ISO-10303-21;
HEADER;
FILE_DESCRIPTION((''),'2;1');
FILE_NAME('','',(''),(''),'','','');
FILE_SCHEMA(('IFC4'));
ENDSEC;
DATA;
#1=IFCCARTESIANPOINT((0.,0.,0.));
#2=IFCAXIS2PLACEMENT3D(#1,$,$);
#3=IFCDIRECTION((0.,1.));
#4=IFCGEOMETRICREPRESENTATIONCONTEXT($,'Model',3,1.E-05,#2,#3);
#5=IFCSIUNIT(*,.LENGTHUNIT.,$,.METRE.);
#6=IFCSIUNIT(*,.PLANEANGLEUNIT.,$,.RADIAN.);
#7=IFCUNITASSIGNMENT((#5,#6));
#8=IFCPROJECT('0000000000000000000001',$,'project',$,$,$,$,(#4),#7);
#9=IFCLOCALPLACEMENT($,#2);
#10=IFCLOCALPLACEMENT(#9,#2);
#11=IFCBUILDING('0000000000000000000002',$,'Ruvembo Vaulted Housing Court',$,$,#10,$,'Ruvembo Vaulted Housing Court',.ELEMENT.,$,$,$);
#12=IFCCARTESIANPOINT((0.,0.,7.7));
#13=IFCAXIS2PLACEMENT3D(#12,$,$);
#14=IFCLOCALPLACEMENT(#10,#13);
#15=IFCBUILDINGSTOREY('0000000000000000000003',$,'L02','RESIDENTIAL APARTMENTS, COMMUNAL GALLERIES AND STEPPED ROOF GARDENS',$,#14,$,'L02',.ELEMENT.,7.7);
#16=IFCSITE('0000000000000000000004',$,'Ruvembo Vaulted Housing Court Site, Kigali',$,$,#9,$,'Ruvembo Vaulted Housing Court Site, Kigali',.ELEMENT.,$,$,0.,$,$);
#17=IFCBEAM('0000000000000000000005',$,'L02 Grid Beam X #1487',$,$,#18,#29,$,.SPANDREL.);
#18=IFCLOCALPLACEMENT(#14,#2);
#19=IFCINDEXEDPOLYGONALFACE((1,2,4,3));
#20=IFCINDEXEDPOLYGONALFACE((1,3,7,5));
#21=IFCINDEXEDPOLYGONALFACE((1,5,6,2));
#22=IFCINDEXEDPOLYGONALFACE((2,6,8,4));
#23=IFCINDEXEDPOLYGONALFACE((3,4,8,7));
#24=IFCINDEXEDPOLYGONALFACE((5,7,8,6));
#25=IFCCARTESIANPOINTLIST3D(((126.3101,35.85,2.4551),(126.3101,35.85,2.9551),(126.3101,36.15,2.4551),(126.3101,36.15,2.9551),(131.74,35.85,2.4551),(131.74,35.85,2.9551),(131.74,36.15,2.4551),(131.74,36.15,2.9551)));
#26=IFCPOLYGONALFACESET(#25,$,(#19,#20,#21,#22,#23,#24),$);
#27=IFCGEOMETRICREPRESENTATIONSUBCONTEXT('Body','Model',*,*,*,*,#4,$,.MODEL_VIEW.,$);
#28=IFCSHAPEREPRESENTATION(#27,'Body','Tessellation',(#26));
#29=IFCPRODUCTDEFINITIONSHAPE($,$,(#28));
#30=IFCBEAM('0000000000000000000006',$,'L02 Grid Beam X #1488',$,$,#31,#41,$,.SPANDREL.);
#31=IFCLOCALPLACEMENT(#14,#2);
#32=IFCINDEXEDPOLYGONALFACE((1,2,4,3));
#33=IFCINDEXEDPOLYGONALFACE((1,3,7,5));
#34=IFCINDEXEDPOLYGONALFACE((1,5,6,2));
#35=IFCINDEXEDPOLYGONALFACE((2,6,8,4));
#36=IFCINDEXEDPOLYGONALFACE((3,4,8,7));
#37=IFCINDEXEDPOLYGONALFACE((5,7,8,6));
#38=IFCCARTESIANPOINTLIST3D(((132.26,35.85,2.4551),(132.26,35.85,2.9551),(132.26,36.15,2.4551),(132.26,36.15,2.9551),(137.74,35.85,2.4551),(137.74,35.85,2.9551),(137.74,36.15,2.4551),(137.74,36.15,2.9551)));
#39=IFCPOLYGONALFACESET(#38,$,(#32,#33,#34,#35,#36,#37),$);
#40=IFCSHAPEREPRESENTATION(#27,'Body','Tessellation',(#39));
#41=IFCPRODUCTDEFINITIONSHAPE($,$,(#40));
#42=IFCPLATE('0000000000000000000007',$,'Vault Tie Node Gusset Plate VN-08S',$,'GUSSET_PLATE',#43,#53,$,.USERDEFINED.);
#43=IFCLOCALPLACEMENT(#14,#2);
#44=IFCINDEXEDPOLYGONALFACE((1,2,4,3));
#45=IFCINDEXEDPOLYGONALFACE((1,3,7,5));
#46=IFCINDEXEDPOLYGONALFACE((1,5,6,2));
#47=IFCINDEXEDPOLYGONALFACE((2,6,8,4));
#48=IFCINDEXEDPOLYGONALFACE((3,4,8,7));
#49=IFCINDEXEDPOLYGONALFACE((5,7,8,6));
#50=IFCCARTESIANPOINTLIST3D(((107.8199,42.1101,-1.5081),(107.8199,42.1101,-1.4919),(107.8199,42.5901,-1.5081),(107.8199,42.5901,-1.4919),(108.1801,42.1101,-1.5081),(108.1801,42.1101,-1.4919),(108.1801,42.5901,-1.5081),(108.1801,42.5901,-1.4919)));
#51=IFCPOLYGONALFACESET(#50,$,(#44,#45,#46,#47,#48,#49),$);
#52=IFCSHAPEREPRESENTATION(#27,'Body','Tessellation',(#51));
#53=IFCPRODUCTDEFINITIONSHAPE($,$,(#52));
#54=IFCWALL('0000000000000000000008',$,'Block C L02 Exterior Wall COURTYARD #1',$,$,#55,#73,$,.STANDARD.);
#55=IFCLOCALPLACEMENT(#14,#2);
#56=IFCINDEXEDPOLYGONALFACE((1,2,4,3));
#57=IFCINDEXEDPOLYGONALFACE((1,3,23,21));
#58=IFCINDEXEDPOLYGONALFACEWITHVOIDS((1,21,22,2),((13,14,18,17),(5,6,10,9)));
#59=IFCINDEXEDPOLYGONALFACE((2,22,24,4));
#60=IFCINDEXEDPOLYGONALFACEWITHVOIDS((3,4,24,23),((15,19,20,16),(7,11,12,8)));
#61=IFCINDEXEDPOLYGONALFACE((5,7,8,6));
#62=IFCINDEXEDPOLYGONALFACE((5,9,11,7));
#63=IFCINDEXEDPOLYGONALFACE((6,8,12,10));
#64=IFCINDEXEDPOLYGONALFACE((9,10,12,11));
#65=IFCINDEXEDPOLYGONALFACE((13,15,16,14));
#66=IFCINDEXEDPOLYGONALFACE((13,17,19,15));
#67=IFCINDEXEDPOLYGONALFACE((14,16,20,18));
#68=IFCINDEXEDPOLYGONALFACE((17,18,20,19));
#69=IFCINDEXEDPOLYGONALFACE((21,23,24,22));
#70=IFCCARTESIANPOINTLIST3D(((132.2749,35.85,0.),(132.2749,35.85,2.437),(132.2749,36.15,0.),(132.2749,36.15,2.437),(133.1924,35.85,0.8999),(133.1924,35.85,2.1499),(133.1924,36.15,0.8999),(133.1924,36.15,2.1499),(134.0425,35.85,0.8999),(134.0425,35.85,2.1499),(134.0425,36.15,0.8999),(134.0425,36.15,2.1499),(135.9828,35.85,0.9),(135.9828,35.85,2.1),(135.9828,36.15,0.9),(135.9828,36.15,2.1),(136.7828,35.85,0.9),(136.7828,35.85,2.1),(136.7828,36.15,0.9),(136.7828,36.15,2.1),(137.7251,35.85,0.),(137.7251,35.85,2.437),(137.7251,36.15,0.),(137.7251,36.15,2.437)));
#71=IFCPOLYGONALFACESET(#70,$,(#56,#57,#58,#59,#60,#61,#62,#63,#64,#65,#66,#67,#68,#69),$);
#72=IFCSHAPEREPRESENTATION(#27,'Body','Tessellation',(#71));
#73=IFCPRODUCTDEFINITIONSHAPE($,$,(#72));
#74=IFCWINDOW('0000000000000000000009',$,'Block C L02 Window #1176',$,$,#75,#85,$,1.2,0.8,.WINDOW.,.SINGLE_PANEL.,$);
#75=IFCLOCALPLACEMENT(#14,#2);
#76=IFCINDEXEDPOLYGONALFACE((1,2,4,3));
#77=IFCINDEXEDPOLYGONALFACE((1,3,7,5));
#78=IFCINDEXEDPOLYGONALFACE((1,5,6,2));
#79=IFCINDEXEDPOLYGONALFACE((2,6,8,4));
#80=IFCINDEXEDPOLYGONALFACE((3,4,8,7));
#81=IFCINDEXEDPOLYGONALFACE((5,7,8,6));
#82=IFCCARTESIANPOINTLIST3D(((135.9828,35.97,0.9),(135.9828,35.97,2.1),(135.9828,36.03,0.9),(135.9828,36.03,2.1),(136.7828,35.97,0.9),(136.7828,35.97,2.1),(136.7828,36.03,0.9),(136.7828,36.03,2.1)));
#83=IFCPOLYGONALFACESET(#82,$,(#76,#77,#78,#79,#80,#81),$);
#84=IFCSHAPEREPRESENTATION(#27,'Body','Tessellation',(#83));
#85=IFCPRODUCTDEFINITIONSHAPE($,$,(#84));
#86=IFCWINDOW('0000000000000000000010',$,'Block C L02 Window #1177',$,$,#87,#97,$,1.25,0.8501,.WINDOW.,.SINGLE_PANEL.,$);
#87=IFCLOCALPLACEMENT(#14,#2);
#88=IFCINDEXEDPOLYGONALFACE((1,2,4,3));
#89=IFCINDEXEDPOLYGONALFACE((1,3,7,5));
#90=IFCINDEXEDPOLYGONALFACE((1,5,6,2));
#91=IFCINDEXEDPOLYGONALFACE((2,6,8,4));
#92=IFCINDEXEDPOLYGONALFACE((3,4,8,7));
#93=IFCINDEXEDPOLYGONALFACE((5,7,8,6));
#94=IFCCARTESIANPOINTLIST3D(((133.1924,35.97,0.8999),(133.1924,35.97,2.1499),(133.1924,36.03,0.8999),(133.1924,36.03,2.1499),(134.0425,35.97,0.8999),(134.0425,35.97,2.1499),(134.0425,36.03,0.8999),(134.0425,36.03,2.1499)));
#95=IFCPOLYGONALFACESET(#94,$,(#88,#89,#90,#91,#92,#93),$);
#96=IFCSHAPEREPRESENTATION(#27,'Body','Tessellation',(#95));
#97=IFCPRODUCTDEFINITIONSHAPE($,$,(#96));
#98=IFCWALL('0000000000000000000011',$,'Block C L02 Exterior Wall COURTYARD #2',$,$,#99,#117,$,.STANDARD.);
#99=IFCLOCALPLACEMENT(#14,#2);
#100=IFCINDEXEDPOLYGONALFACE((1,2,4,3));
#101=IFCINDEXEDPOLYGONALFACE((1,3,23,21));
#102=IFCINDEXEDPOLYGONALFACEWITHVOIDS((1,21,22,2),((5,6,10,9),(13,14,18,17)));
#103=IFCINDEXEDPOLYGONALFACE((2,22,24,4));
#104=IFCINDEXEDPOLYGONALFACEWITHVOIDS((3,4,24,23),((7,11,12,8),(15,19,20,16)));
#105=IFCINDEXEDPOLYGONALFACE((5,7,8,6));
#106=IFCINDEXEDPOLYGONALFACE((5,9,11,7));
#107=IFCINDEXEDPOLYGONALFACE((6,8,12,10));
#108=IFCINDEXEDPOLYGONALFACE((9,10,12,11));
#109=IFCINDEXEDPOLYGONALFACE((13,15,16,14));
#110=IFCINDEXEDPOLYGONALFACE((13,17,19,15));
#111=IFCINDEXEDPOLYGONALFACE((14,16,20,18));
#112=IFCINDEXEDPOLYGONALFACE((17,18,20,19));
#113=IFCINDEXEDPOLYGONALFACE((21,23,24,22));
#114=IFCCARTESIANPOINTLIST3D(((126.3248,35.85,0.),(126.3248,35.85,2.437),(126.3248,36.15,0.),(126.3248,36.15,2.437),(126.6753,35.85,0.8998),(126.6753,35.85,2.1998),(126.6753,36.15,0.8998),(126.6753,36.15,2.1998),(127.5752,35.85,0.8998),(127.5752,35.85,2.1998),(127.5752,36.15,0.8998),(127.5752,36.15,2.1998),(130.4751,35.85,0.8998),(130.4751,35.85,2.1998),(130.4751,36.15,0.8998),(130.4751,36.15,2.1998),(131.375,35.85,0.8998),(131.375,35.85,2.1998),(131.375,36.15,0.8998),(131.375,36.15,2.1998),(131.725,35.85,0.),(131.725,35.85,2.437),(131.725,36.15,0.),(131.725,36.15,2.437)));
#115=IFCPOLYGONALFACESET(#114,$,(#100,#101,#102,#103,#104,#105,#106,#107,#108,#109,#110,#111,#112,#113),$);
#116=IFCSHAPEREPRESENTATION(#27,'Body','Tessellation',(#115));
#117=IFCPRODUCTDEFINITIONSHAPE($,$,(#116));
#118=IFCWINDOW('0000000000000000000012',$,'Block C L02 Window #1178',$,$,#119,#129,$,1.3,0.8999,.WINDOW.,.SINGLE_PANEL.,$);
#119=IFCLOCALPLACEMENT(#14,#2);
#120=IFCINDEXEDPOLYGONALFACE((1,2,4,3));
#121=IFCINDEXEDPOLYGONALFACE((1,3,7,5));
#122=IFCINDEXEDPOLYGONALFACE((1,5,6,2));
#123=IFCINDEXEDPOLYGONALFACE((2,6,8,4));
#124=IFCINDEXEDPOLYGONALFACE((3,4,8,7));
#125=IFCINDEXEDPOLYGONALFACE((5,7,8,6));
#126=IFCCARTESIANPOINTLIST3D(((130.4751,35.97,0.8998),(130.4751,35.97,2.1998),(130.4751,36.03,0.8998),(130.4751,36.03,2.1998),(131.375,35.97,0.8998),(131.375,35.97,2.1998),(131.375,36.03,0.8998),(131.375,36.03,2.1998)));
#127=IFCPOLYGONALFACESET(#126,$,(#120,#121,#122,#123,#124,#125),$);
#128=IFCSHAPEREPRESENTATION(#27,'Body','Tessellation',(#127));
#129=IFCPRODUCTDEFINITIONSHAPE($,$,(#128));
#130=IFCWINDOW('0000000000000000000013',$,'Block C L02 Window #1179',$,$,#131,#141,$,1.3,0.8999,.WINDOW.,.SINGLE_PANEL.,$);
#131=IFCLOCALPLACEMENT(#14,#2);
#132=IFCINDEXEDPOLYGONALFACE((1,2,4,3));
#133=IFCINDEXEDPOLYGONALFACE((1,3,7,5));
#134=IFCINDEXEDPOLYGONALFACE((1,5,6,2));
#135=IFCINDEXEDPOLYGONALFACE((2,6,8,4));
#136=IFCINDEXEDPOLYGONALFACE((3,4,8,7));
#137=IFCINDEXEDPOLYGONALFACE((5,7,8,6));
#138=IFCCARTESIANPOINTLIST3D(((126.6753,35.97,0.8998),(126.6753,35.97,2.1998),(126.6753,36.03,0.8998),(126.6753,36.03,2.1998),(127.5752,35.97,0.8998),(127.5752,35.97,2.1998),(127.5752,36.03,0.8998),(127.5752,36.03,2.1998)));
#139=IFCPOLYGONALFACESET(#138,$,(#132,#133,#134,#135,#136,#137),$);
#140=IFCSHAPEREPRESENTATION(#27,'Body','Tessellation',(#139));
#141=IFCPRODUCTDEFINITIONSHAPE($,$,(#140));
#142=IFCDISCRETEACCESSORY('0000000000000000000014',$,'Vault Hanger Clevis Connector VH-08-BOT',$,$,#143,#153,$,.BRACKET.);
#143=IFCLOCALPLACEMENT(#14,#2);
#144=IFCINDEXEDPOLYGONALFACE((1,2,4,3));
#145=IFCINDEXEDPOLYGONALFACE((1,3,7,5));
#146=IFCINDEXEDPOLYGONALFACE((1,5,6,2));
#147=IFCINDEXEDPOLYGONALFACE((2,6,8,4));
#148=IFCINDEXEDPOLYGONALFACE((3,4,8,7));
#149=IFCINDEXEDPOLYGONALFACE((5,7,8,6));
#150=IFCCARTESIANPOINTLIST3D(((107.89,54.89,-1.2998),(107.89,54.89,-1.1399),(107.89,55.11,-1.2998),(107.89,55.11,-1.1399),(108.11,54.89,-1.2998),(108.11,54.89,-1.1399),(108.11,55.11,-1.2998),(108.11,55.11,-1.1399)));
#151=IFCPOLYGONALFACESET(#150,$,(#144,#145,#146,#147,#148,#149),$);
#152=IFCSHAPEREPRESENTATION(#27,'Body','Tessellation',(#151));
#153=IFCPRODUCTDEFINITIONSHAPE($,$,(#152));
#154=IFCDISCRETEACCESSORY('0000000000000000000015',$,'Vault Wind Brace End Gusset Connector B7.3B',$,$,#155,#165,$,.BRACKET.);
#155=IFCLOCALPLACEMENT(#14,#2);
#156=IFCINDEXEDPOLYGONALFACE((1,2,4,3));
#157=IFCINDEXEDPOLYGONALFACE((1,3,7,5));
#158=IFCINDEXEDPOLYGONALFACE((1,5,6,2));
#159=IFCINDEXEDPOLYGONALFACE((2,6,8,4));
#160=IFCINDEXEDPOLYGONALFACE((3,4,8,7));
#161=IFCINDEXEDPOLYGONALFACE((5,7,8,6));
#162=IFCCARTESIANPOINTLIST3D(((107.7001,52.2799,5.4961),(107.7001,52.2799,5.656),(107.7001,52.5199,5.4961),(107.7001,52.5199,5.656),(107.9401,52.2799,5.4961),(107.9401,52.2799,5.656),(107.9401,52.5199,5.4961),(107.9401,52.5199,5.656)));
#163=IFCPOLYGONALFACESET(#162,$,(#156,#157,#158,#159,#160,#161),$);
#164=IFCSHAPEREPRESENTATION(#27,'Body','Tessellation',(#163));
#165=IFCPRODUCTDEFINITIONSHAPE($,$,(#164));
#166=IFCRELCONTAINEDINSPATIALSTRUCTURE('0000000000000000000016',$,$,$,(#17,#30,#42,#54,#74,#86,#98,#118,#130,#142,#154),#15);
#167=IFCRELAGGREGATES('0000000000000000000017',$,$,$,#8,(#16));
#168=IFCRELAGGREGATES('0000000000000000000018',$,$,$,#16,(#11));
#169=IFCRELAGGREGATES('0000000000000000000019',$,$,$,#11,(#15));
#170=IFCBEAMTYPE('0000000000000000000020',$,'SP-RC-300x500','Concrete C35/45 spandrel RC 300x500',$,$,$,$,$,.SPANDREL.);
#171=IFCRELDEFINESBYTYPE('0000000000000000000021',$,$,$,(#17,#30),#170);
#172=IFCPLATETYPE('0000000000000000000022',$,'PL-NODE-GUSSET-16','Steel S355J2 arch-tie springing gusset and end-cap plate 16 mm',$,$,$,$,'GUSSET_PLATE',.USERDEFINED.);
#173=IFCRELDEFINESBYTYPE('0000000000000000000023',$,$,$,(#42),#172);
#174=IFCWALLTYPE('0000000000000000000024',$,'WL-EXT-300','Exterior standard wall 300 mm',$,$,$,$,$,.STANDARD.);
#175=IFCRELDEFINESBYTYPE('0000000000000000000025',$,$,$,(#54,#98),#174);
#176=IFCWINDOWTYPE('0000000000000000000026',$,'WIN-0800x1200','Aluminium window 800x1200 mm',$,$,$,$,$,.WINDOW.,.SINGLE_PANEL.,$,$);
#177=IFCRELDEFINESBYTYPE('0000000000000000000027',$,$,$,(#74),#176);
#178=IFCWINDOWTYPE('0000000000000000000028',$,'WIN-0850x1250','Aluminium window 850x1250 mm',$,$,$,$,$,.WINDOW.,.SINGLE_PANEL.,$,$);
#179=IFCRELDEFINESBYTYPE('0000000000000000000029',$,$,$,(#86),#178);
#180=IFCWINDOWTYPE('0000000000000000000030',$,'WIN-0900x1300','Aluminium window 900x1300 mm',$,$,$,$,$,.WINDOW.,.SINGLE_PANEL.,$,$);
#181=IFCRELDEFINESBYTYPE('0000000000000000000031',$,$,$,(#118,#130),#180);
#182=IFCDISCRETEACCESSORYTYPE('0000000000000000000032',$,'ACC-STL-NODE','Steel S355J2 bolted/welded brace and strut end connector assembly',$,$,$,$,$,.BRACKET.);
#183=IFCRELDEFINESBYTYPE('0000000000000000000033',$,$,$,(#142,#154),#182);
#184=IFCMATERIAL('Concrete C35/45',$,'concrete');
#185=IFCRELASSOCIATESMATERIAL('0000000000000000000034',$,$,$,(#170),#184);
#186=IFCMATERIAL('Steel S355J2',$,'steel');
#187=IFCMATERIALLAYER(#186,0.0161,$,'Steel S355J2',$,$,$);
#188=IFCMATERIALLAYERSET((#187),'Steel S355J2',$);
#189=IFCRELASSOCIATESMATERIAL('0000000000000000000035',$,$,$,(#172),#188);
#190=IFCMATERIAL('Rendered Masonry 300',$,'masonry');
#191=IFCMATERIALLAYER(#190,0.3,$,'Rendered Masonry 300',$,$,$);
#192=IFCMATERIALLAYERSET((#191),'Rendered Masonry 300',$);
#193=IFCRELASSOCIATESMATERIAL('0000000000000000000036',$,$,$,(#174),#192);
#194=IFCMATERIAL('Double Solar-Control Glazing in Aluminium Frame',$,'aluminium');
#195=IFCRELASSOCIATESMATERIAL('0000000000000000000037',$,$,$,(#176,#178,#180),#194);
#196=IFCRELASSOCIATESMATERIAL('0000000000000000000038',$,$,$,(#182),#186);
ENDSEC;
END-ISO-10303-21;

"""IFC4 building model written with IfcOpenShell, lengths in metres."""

from ifc_helpers import new_model, si_unit, direction, frame, frame_2d, origin, origin_2d, place, context, subcontext, project, spatial, rectangle, extrude, material, layer, layer_set, material_profile, profile_set, type_object, element, fill, save


model = new_model("IFC4")

# Units and contexts
model_context = context("Model", 3, precision=1e-05, world=origin(), true_north=direction((0.0, 1.0)))
body_context = subcontext(model_context, "Body", "Model", "MODEL_VIEW")
ifc_project = project(units=[si_unit("LENGTHUNIT", "METRE"), si_unit("PLANEANGLEUNIT", "RADIAN")], contexts=[model_context])

# Site, building, storey
site_placement = place(None, origin())
site = spatial("IfcSite", under=ifc_project, at=site_placement, Name="Ruvembo Vaulted Housing Court Site, Kigali", LongName="Ruvembo Vaulted Housing Court Site, Kigali", CompositionType="ELEMENT", RefElevation=0.0)
building_placement = place(site_placement, origin())
building = spatial("IfcBuilding", under=site, at=building_placement, Name="Ruvembo Vaulted Housing Court", LongName="Ruvembo Vaulted Housing Court", CompositionType="ELEMENT")
storey_placement = place(building_placement, frame((0.0, 0.0, 7.7)))
storey = spatial("IfcBuildingStorey", under=building, at=storey_placement, Name="L02", Description="RESIDENTIAL APARTMENTS, COMMUNAL GALLERIES AND STEPPED ROOF GARDENS", LongName="L02", CompositionType="ELEMENT", Elevation=7.7)

# Shared definitions
ifc_material_1 = material(Name="Concrete C35/45", Category="concrete")

# Shared definitions
ifc_material_2 = material(Name="Steel S355J2", Category="steel")

# Beams
ifc_material_profile_1 = material_profile(ifc_material_1, rectangle(XDim=0.3, YDim=0.5, at=origin_2d()), Name="RC 300x500")
ifc_profile_set_1 = profile_set([ifc_material_profile_1], Name="Concrete C35/45")
beam_type_1 = type_object("IfcBeamType", Name="SP-RC-300x500", Description="Concrete C35/45 spandrel RC 300x500", PredefinedType="SPANDREL", material=ifc_profile_set_1)
beam_1_placement = place(storey_placement, frame((126.3101, 36.0, 2.7051), z_axis=(1.0, 0.0, 0.0), x_axis=(0.0, 1.0, 0.0)))
element("IfcBeam", 1, at=beam_1_placement, inside=storey, type_object=beam_type_1, Name="L02 Grid Beam X #1487", PredefinedType="SPANDREL", context=body_context, shape_type="SweptSolid", body=[
    extrude(rectangle(XDim=0.3, YDim=0.5, at=origin_2d()), origin(), (0.0, 0.0, 1.0), 5.4299),
])
beam_2_placement = place(storey_placement, frame((132.26, 36.0, 2.7051), z_axis=(1.0, 0.0, 0.0), x_axis=(0.0, 1.0, 0.0)))
element("IfcBeam", 2, at=beam_2_placement, inside=storey, type_object=beam_type_1, Name="L02 Grid Beam X #1488", PredefinedType="SPANDREL", context=body_context, shape_type="SweptSolid", body=[
    extrude(rectangle(XDim=0.3, YDim=0.5, at=origin_2d()), origin(), (0.0, 0.0, 1.0), 5.48),
])

# Plate
ifc_layer_1 = layer(ifc_material_2, 0.0161, Name="Steel S355J2")
ifc_layer_set_1 = layer_set([ifc_layer_1], Name="Steel S355J2")
plate_type = type_object("IfcPlateType", Name="PL-NODE-GUSSET-16", Description="Steel S355J2 arch-tie springing gusset and end-cap plate 16 mm", ElementType="GUSSET_PLATE", PredefinedType="USERDEFINED", material=ifc_layer_set_1)
plate_placement = place(storey_placement, frame((108.0, 42.3501, -1.5081), z_axis=(0.0, 0.0, 1.0), x_axis=(0.0, 1.0, 0.0)))
element("IfcPlate", 3, at=plate_placement, inside=storey, type_object=plate_type, Name="Vault Tie Node Gusset Plate VN-08S", ObjectType="GUSSET_PLATE", PredefinedType="USERDEFINED", context=body_context, shape_type="SweptSolid", body=[
    extrude(rectangle(XDim=0.48, YDim=0.3601, at=origin_2d()), origin(), (0.0, 0.0, 1.0), 0.0161),
])

# Walls, openings, windows
ifc_material_3 = material(Name="Rendered Masonry 300", Category="masonry")
ifc_layer_2 = layer(ifc_material_3, 0.3, Name="Rendered Masonry 300")
ifc_layer_set_2 = layer_set([ifc_layer_2], Name="Rendered Masonry 300")
wall_type = type_object("IfcWallType", Name="WL-EXT-300", Description="Exterior standard wall 300 mm", PredefinedType="STANDARD", material=ifc_layer_set_2)
wall_1_placement = place(storey_placement, frame((137.7251, 36.0, 0.0), z_axis=(0.0, 0.0, 1.0), x_axis=(-1.0, 0.0, 0.0)))
wall_1 = element("IfcWall", 4, at=wall_1_placement, inside=storey, type_object=wall_type, Name="Block C L02 Exterior Wall COURTYARD #1", PredefinedType="STANDARD", context=body_context, shape_type="SweptSolid", body=[
    extrude(rectangle(XDim=5.4502, YDim=0.3, at=frame_2d((2.7251, 0.0))), origin(), (0.0, 0.0, 1.0), 2.437),
])
opening_1_placement = place(wall_1_placement, frame((0.9424, 0.0, 0.8999)))
opening_1 = element("IfcOpeningElement", 5, at=opening_1_placement, cuts=wall_1, PredefinedType="OPENING", context=body_context, shape_type="SweptSolid", body=[
    extrude(rectangle(XDim=0.8, YDim=1.2, at=frame_2d((0.3999, 0.6001))), frame((0.0, 0.1599, 0.0), z_axis=(0.0, -1.0, 0.0), x_axis=(1.0, 0.0, 0.0)), (0.0, 0.0, 1.0), 0.3201),
])
opening_2_placement = place(wall_1_placement, frame((3.6826, 0.0, 0.8999)))
opening_2 = element("IfcOpeningElement", 6, at=opening_2_placement, cuts=wall_1, PredefinedType="OPENING", context=body_context, shape_type="SweptSolid", body=[
    extrude(rectangle(XDim=0.8501, YDim=1.25, at=frame_2d((0.425, 0.625))), frame((0.0, 0.1599, 0.0), z_axis=(0.0, -1.0, 0.0), x_axis=(1.0, 0.0, 0.0)), (0.0, 0.0, 1.0), 0.3201),
])
ifc_material_4 = material(Name="Double Solar-Control Glazing in Aluminium Frame", Category="aluminium")
window_type_1 = type_object("IfcWindowType", Name="WIN-0800x1200", Description="Aluminium window 800x1200 mm", PartitioningType="SINGLE_PANEL", PredefinedType="WINDOW", material=ifc_material_4)
window_1_placement = place(opening_1_placement, origin())
window_1 = element("IfcWindow", 7, at=window_1_placement, inside=storey, type_object=window_type_1, Name="Block C L02 Window #1176", OverallHeight=1.2, OverallWidth=0.8, PartitioningType="SINGLE_PANEL", PredefinedType="WINDOW", context=body_context, shape_type="SweptSolid", body=[
    extrude(rectangle(XDim=0.8, YDim=1.2, at=frame_2d((0.3999, 0.6001))), frame((0.0, 0.03, 0.0), z_axis=(0.0, -1.0, 0.0), x_axis=(1.0, 0.0, 0.0)), (0.0, 0.0, 1.0), 0.0601),
])
fill(opening_1, window_1)
window_type_2 = type_object("IfcWindowType", Name="WIN-0850x1250", Description="Aluminium window 850x1250 mm", PartitioningType="SINGLE_PANEL", PredefinedType="WINDOW", material=ifc_material_4)
window_2_placement = place(opening_2_placement, origin())
window_2 = element("IfcWindow", 8, at=window_2_placement, inside=storey, type_object=window_type_2, Name="Block C L02 Window #1177", OverallHeight=1.25, OverallWidth=0.8501, PartitioningType="SINGLE_PANEL", PredefinedType="WINDOW", context=body_context, shape_type="SweptSolid", body=[
    extrude(rectangle(XDim=0.8501, YDim=1.25, at=frame_2d((0.425, 0.625))), frame((0.0, 0.03, 0.0), z_axis=(0.0, -1.0, 0.0), x_axis=(1.0, 0.0, 0.0)), (0.0, 0.0, 1.0), 0.0601),
])
fill(opening_2, window_2)
wall_2_placement = place(storey_placement, frame((131.7251, 36.0, 0.0), z_axis=(0.0, 0.0, 1.0), x_axis=(-1.0, 0.0, 0.0)))
wall_2 = element("IfcWall", 9, at=wall_2_placement, inside=storey, type_object=wall_type, Name="Block C L02 Exterior Wall COURTYARD #2", PredefinedType="STANDARD", context=body_context, shape_type="SweptSolid", body=[
    extrude(rectangle(XDim=5.4001, YDim=0.3, at=frame_2d((2.7002, 0.0))), origin(), (0.0, 0.0, 1.0), 2.437),
])
opening_3_placement = place(wall_2_placement, frame((0.3501, 0.0, 0.8999)))
opening_3 = element("IfcOpeningElement", 10, at=opening_3_placement, cuts=wall_2, PredefinedType="OPENING", context=body_context, shape_type="SweptSolid", body=[
    extrude(rectangle(XDim=0.8999, YDim=1.3, at=frame_2d((0.45, 0.6499))), frame((0.0, 0.1599, 0.0), z_axis=(0.0, -1.0, 0.0), x_axis=(1.0, 0.0, 0.0)), (0.0, 0.0, 1.0), 0.3201),
])
opening_4_placement = place(wall_2_placement, frame((4.1499, 0.0, 0.8999)))
opening_4 = element("IfcOpeningElement", 11, at=opening_4_placement, cuts=wall_2, PredefinedType="OPENING", context=body_context, shape_type="SweptSolid", body=[
    extrude(rectangle(XDim=0.8999, YDim=1.3, at=frame_2d((0.45, 0.6499))), frame((0.0, 0.1599, 0.0), z_axis=(0.0, -1.0, 0.0), x_axis=(1.0, 0.0, 0.0)), (0.0, 0.0, 1.0), 0.3201),
])
window_type_3 = type_object("IfcWindowType", Name="WIN-0900x1300", Description="Aluminium window 900x1300 mm", PartitioningType="SINGLE_PANEL", PredefinedType="WINDOW", material=ifc_material_4)
window_3_placement = place(opening_3_placement, origin())
window_3 = element("IfcWindow", 12, at=window_3_placement, inside=storey, type_object=window_type_3, Name="Block C L02 Window #1178", OverallHeight=1.3, OverallWidth=0.8999, PartitioningType="SINGLE_PANEL", PredefinedType="WINDOW", context=body_context, shape_type="SweptSolid", body=[
    extrude(rectangle(XDim=0.8999, YDim=1.3, at=frame_2d((0.45, 0.6499))), frame((0.0, 0.03, 0.0), z_axis=(0.0, -1.0, 0.0), x_axis=(1.0, 0.0, 0.0)), (0.0, 0.0, 1.0), 0.0601),
])
fill(opening_3, window_3)
window_4_placement = place(opening_4_placement, origin())
window_4 = element("IfcWindow", 13, at=window_4_placement, inside=storey, type_object=window_type_3, Name="Block C L02 Window #1179", OverallHeight=1.3, OverallWidth=0.8999, PartitioningType="SINGLE_PANEL", PredefinedType="WINDOW", context=body_context, shape_type="SweptSolid", body=[
    extrude(rectangle(XDim=0.8999, YDim=1.3, at=frame_2d((0.45, 0.6499))), frame((0.0, 0.03, 0.0), z_axis=(0.0, -1.0, 0.0), x_axis=(1.0, 0.0, 0.0)), (0.0, 0.0, 1.0), 0.0601),
])
fill(opening_4, window_4)

# Discrete accessories
discrete_accessory_type = type_object("IfcDiscreteAccessoryType", Name="ACC-STL-NODE", Description="Steel S355J2 bolted/welded brace and strut end connector assembly", PredefinedType="BRACKET", material=ifc_material_2)
discrete_accessory_1_placement = place(storey_placement, frame((108.0, 55.0, -1.2998), z_axis=(0.0, 0.0, 1.0), x_axis=(1.0, 0.0, 0.0)))
element("IfcDiscreteAccessory", 14, at=discrete_accessory_1_placement, inside=storey, type_object=discrete_accessory_type, Name="Vault Hanger Clevis Connector VH-08-BOT", PredefinedType="BRACKET", context=body_context, shape_type="SweptSolid", body=[
    extrude(rectangle(XDim=0.22, YDim=0.22, at=origin_2d()), origin(), (0.0, 0.0, 1.0), 0.1599),
])
discrete_accessory_2_placement = place(storey_placement, frame((107.8201, 52.3999, 5.4961), z_axis=(0.0, 0.0, 1.0), x_axis=(1.0, 0.0, 0.0)))
element("IfcDiscreteAccessory", 15, at=discrete_accessory_2_placement, inside=storey, type_object=discrete_accessory_type, Name="Vault Wind Brace End Gusset Connector B7.3B", PredefinedType="BRACKET", context=body_context, shape_type="SweptSolid", body=[
    extrude(rectangle(XDim=0.24, YDim=0.24, at=origin_2d()), origin(), (0.0, 0.0, 1.0), 0.1599),
])

save(model, "model.ifc")
